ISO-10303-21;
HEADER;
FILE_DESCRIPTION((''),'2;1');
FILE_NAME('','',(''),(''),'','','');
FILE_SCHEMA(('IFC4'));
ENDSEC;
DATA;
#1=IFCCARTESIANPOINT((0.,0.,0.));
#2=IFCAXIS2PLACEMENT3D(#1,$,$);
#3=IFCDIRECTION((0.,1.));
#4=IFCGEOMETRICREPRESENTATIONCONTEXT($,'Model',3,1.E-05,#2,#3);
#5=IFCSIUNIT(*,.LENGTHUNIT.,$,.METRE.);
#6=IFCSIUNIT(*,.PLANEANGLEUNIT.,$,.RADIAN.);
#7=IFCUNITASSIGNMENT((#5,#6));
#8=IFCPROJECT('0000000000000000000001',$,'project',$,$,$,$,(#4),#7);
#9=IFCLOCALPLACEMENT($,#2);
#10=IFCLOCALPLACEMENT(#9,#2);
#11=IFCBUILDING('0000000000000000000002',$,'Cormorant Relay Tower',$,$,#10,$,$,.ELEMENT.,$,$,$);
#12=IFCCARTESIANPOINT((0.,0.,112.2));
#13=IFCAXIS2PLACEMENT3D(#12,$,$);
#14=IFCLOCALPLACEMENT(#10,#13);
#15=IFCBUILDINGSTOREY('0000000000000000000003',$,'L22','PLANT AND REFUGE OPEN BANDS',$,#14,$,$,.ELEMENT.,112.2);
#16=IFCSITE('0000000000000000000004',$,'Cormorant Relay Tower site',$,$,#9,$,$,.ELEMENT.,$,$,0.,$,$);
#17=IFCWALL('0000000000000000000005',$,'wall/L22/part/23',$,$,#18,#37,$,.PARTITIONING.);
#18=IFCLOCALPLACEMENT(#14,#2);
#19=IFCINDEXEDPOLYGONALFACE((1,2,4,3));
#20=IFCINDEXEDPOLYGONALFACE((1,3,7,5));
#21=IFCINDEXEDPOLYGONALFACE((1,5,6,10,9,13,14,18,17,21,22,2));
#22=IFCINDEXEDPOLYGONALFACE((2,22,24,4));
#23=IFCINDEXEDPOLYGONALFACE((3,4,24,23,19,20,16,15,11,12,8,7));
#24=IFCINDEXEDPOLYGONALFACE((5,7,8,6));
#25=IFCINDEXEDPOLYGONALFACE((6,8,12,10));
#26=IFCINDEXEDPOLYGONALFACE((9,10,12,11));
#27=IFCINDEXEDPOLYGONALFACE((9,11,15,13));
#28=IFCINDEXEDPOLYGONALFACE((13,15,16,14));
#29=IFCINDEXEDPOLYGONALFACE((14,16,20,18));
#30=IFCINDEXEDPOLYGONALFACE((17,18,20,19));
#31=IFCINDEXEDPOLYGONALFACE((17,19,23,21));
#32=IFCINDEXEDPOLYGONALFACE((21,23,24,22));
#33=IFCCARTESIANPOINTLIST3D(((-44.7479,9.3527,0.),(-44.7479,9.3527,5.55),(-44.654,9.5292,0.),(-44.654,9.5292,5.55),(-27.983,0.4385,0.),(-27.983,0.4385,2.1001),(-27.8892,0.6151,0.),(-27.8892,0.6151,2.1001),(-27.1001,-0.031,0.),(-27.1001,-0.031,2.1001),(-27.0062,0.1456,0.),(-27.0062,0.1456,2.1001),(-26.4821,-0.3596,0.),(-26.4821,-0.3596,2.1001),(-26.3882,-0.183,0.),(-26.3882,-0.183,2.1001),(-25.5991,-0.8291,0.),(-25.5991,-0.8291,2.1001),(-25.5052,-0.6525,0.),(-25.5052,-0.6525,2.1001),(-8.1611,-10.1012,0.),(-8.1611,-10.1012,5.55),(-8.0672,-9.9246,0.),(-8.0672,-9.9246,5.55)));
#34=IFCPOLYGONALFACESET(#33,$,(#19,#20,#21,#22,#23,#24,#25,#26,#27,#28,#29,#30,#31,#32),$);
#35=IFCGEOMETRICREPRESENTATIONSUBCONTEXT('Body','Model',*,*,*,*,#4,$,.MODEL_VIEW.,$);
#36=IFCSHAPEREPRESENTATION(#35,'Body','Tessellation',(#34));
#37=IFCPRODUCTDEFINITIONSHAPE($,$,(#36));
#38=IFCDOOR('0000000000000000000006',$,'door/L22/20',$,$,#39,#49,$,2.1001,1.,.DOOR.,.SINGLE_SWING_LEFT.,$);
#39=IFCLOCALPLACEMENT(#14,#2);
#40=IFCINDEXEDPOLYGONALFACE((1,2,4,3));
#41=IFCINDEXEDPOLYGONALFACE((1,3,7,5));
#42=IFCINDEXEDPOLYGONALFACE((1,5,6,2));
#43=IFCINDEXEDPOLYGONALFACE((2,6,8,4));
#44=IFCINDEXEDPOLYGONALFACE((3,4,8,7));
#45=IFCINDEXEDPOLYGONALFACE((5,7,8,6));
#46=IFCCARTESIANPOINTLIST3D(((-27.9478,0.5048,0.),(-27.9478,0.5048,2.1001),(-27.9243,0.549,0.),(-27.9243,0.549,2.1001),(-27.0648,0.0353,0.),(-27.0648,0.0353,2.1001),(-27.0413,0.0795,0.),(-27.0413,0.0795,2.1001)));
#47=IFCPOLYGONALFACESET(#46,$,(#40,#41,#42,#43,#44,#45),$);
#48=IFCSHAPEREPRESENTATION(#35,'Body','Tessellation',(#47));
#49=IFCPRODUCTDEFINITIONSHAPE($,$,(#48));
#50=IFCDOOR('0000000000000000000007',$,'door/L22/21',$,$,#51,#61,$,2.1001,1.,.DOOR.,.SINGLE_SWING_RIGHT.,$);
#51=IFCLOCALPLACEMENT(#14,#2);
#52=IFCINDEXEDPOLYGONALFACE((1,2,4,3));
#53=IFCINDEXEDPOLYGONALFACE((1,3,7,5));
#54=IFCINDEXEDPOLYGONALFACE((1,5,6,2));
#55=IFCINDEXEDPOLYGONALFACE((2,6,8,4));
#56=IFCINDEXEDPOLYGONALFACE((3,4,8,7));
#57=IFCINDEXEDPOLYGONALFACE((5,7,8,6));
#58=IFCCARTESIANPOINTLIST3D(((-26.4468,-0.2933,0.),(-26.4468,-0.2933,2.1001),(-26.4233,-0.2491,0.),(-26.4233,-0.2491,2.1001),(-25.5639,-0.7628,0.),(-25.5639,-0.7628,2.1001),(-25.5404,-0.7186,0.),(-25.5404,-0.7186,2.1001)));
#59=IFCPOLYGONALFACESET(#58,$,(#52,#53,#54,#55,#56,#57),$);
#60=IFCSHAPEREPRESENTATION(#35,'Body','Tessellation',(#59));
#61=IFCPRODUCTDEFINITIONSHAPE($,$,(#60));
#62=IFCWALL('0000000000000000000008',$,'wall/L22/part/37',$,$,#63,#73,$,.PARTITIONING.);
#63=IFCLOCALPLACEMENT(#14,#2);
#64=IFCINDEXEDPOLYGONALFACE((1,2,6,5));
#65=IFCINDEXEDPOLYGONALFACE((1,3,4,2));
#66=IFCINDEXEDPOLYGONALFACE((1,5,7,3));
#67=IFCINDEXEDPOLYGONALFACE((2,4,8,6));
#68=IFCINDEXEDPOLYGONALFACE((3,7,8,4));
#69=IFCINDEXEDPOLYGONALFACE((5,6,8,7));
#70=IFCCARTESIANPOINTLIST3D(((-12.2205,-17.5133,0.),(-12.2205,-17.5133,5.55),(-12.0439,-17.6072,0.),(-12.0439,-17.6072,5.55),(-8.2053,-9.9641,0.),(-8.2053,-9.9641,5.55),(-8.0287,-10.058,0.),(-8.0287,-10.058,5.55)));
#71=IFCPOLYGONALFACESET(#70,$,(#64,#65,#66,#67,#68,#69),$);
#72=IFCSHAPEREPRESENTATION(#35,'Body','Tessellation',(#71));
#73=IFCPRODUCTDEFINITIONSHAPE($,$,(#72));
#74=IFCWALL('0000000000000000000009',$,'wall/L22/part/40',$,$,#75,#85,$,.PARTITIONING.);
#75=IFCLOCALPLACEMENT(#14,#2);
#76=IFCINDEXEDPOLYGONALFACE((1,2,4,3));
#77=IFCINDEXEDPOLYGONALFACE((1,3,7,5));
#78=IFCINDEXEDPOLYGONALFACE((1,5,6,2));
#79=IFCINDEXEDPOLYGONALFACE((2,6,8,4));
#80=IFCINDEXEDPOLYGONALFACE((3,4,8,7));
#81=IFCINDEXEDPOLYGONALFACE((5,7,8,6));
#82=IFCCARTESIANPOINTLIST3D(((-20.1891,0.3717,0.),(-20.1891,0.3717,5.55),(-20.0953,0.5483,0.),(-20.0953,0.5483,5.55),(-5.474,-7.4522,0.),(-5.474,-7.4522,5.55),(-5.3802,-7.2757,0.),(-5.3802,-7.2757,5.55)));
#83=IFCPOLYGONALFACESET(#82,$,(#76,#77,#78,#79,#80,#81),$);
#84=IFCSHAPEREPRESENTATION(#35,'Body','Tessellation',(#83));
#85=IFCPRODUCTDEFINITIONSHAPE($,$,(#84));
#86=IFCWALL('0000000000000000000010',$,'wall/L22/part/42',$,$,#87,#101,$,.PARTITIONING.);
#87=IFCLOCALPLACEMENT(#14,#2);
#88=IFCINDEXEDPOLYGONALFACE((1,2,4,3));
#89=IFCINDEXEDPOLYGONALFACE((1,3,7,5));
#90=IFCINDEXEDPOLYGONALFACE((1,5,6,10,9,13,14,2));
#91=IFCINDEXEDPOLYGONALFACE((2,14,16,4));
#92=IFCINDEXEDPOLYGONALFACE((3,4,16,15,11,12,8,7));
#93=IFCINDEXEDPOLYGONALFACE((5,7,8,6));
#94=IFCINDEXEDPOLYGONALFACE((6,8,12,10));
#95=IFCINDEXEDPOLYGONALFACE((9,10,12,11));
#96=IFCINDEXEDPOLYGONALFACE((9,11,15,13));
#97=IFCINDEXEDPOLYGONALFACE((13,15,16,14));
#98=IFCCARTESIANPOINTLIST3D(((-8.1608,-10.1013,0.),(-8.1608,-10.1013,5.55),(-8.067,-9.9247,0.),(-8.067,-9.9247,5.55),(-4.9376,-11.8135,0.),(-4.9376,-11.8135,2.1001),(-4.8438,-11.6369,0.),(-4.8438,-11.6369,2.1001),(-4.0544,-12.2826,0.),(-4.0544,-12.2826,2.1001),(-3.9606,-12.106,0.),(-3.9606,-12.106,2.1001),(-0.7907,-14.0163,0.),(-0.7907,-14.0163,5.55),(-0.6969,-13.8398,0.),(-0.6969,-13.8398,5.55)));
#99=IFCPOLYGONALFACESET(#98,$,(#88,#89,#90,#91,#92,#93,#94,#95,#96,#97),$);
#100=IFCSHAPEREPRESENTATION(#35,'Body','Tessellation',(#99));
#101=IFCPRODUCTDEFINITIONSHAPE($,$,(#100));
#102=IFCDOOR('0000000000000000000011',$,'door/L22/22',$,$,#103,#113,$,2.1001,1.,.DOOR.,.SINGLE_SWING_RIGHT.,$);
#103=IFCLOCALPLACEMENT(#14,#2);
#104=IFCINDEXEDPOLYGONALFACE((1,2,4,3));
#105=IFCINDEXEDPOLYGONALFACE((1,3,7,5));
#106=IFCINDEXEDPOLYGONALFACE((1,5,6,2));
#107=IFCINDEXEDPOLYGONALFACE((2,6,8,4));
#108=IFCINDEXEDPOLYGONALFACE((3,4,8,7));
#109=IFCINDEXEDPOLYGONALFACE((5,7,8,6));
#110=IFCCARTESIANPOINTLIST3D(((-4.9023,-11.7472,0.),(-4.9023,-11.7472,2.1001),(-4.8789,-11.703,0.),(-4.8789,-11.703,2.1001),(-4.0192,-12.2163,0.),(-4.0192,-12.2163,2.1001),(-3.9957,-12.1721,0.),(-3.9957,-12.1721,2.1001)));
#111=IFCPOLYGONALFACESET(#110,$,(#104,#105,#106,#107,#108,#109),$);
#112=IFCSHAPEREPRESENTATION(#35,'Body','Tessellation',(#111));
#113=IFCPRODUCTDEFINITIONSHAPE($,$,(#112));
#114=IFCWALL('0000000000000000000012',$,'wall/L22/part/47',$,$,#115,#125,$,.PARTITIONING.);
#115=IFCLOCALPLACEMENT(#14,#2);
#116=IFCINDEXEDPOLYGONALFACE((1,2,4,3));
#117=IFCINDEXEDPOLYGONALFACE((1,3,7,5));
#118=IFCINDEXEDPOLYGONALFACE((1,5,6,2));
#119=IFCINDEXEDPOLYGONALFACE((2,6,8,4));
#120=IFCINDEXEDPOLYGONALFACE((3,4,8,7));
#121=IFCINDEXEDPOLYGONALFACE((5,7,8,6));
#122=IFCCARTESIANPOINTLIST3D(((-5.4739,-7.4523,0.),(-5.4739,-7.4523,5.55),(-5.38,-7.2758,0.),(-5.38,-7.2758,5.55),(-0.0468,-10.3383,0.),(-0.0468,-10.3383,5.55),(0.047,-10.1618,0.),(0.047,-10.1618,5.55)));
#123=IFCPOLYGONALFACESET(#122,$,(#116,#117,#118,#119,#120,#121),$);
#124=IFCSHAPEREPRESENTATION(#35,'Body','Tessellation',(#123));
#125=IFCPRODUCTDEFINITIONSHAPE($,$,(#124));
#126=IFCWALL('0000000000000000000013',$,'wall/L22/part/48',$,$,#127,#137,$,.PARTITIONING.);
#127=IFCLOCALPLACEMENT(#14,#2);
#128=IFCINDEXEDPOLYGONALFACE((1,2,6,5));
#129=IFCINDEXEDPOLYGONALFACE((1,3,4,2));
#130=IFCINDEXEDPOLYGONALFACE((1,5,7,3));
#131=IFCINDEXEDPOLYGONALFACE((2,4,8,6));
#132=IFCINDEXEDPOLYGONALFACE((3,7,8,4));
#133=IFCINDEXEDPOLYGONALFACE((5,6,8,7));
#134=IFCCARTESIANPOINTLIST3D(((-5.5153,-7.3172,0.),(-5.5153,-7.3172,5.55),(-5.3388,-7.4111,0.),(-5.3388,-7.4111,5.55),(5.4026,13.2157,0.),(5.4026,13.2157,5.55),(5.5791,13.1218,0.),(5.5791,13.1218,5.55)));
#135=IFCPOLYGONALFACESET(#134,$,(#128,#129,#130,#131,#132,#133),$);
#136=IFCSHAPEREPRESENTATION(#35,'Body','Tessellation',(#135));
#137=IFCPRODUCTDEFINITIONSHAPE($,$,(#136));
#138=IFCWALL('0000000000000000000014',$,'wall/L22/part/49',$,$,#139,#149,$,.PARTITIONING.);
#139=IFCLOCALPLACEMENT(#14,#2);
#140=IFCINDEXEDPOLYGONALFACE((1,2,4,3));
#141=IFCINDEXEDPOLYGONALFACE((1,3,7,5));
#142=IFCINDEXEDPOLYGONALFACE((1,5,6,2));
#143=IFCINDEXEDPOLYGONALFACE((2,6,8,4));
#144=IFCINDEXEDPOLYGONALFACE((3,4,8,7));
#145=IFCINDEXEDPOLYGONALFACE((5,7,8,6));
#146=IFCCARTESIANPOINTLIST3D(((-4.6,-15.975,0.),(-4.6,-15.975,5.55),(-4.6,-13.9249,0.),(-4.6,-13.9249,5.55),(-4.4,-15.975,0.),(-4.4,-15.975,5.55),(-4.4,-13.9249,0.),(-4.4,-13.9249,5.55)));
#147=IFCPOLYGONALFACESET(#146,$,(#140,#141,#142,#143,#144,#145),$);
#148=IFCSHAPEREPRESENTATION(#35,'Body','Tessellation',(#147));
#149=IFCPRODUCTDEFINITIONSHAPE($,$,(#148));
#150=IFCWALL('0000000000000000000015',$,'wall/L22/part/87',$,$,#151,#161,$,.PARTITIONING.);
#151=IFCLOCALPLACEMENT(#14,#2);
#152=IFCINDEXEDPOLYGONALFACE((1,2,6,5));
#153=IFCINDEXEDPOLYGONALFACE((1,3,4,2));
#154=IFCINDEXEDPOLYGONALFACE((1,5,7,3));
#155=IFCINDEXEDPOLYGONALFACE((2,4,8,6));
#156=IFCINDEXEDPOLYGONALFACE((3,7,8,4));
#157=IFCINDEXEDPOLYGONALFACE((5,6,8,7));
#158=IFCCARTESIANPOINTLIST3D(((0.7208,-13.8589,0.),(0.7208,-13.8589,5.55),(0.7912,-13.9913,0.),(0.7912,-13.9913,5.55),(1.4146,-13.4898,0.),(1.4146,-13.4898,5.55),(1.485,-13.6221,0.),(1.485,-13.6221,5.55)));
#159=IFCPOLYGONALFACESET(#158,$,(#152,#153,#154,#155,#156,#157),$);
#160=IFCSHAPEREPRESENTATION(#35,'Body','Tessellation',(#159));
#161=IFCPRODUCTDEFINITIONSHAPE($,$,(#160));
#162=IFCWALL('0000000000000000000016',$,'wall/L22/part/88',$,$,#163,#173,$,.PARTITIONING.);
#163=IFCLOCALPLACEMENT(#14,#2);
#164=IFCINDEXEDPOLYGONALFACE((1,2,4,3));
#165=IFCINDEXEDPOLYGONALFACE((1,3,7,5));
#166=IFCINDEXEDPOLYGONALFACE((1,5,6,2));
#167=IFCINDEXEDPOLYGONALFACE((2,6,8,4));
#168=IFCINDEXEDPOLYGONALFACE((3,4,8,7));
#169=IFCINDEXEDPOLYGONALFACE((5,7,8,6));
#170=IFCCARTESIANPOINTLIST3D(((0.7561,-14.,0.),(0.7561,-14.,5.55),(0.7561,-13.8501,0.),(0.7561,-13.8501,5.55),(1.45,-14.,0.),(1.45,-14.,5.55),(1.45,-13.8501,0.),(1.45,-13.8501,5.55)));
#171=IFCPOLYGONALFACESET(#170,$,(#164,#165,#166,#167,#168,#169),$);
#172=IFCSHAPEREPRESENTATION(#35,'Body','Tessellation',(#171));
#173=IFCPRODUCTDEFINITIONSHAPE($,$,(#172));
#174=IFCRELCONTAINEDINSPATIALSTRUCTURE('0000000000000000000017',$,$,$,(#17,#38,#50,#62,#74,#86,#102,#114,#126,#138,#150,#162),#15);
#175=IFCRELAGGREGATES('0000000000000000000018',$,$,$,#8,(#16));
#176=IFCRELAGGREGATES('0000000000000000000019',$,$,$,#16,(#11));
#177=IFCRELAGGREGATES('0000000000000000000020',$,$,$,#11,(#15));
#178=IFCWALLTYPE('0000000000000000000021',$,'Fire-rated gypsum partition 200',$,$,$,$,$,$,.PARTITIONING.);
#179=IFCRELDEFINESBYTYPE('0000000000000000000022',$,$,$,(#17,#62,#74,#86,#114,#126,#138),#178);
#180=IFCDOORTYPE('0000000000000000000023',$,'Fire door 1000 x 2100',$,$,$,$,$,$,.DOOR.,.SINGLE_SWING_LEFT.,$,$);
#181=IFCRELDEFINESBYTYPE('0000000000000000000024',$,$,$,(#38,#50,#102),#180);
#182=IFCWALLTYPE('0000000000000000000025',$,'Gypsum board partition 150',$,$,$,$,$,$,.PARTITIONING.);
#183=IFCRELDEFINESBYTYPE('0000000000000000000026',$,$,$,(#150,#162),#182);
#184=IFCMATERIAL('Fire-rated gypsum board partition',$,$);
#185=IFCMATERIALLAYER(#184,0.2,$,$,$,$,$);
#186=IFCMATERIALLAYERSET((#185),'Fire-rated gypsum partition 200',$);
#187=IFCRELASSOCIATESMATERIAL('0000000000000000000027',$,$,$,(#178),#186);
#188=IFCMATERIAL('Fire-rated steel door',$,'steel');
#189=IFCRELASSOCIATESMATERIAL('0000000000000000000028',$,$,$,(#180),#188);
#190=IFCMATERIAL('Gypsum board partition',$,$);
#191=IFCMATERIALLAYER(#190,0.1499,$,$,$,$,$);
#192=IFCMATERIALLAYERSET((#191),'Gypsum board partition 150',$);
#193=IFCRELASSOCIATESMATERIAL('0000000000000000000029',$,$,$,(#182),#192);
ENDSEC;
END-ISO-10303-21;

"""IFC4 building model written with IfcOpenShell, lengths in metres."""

from ifc_helpers import new_model, si_unit, direction, frame, frame_2d, origin, place, context, subcontext, project, spatial, rectangle, extrude, material, layer, layer_set, type_object, element, fill, save


model = new_model("IFC4")

# Units and contexts
model_context = context("Model", 3, precision=1e-05, world=origin(), true_north=direction((0.0, 1.0)))
body_context = subcontext(model_context, "Body", "Model", "MODEL_VIEW")
ifc_project = project(units=[si_unit("LENGTHUNIT", "METRE"), si_unit("PLANEANGLEUNIT", "RADIAN")], contexts=[model_context])

# Site, building, storey
site_placement = place(None, origin())
site = spatial("IfcSite", under=ifc_project, at=site_placement, Name="Cormorant Relay Tower site", CompositionType="ELEMENT", RefElevation=0.0)
building_placement = place(site_placement, origin())
building = spatial("IfcBuilding", under=site, at=building_placement, Name="Cormorant Relay Tower", CompositionType="ELEMENT")
storey_placement = place(building_placement, frame((0.0, 0.0, 112.2)))
storey = spatial("IfcBuildingStorey", under=building, at=storey_placement, Name="L22", Description="PLANT AND REFUGE OPEN BANDS", CompositionType="ELEMENT", Elevation=112.2)

# Wall, openings, doors
ifc_material_1 = material(Name="Fire-rated gypsum board partition")
ifc_layer_1 = layer(ifc_material_1, 0.2)
ifc_layer_set_1 = layer_set([ifc_layer_1], Name="Fire-rated gypsum partition 200")
wall_type_1 = type_object("IfcWallType", Name="Fire-rated gypsum partition 200", PredefinedType="PARTITIONING", material=ifc_layer_set_1)
wall_1_placement = place(storey_placement, frame((-8.114, -10.0129, 0.0), z_axis=(0.0, 0.0, 1.0), x_axis=(-0.882945, 0.469476, 0.0)))
wall_1 = element("IfcWall", 1, at=wall_1_placement, inside=storey, type_object=wall_type_1, Name="wall/L22/part/23", PredefinedType="PARTITIONING", context=body_context, shape_type="SweptSolid", body=[
    extrude(rectangle(XDim=41.4373, YDim=0.2, at=frame_2d((20.7188, 0.0))), origin(), (0.0, 0.0, 1.0), 5.55),
])
opening_1_placement = place(wall_1_placement, frame((21.45, 0.0, 0.0)))
opening_1 = element("IfcOpeningElement", 2, at=opening_1_placement, cuts=wall_1, PredefinedType="OPENING", context=body_context, shape_type="SweptSolid", body=[
    extrude(rectangle(XDim=1.0, YDim=2.1001, at=frame_2d((0.5, 1.05))), frame((0.0, 0.1099, 0.0), z_axis=(0.0, -1.0, 0.0), x_axis=(1.0, 0.0, 0.0)), (0.0, 0.0, 1.0), 0.22),
])
opening_2_placement = place(wall_1_placement, frame((19.75, 0.0, 0.0)))
opening_2 = element("IfcOpeningElement", 3, at=opening_2_placement, cuts=wall_1, PredefinedType="OPENING", context=body_context, shape_type="SweptSolid", body=[
    extrude(rectangle(XDim=1.0, YDim=2.1001, at=frame_2d((0.5, 1.05))), frame((0.0, 0.1099, 0.0), z_axis=(0.0, -1.0, 0.0), x_axis=(1.0, 0.0, 0.0)), (0.0, 0.0, 1.0), 0.22),
])
ifc_material_2 = material(Name="Fire-rated steel door", Category="steel")
door_type = type_object("IfcDoorType", Name="Fire door 1000 x 2100", OperationType="SINGLE_SWING_LEFT", PredefinedType="DOOR", material=ifc_material_2)
door_1_placement = place(opening_1_placement, origin())
door_1 = element("IfcDoor", 4, at=door_1_placement, inside=storey, type_object=door_type, Name="door/L22/20", OperationType="SINGLE_SWING_LEFT", OverallHeight=2.1001, OverallWidth=1.0, PredefinedType="DOOR", context=body_context, shape_type="SweptSolid", body=[
    extrude(rectangle(XDim=1.0, YDim=2.1001, at=frame_2d((0.5, 1.05))), frame((0.0, 0.0249, 0.0), z_axis=(0.0, -1.0, 0.0), x_axis=(1.0, 0.0, 0.0)), (0.0, 0.0, 1.0), 0.05),
])
fill(opening_1, door_1)
door_2_placement = place(opening_2_placement, origin())
door_2 = element("IfcDoor", 5, at=door_2_placement, inside=storey, type_object=door_type, Name="door/L22/21", OperationType="SINGLE_SWING_RIGHT", OverallHeight=2.1001, OverallWidth=1.0, PredefinedType="DOOR", context=body_context, shape_type="SweptSolid", body=[
    extrude(rectangle(XDim=1.0, YDim=2.1001, at=frame_2d((0.5, 1.05))), frame((0.0, 0.0249, 0.0), z_axis=(0.0, -1.0, 0.0), x_axis=(1.0, 0.0, 0.0)), (0.0, 0.0, 1.0), 0.05),
])
fill(opening_2, door_2)

# Walls
wall_2_placement = place(storey_placement, frame((-8.1169, -10.011, 0.0), z_axis=(0.0, 0.0, 1.0), x_axis=(-0.469583, -0.882888, 0.0)))
element("IfcWall", 6, at=wall_2_placement, inside=storey, type_object=wall_type_1, Name="wall/L22/part/37", PredefinedType="PARTITIONING", context=body_context, shape_type="SweptSolid", body=[
    extrude(rectangle(XDim=8.5505, YDim=0.2, at=frame_2d((4.2754, 0.0))), origin(), (0.0, 0.0, 1.0), 5.55),
])
wall_3_placement = place(storey_placement, frame((-5.427, -7.364, 0.0), z_axis=(0.0, 0.0, 1.0), x_axis=(-0.882952, 0.469463, 0.0)))
element("IfcWall", 7, at=wall_3_placement, inside=storey, type_object=wall_type_1, Name="wall/L22/part/40", PredefinedType="PARTITIONING", context=body_context, shape_type="SweptSolid", body=[
    extrude(rectangle(XDim=16.6658, YDim=0.2, at=frame_2d((8.333, 0.0))), origin(), (0.0, 0.0, 1.0), 5.55),
])

# Wall, opening, door
wall_4_placement = place(storey_placement, frame((-8.114, -10.0129, 0.0), z_axis=(0.0, 0.0, 1.0), x_axis=(0.883132, -0.469124, 0.0)))
wall_4 = element("IfcWall", 8, at=wall_4_placement, inside=storey, type_object=wall_type_1, Name="wall/L22/part/42", PredefinedType="PARTITIONING", context=body_context, shape_type="SweptSolid", body=[
    extrude(rectangle(XDim=8.3455, YDim=0.2, at=frame_2d((4.1729, 0.0))), origin(), (0.0, 0.0, 1.0), 5.55),
])
opening_3_placement = place(wall_4_placement, frame((3.6499, 0.0, 0.0)))
opening_3 = element("IfcOpeningElement", 9, at=opening_3_placement, cuts=wall_4, PredefinedType="OPENING", context=body_context, shape_type="SweptSolid", body=[
    extrude(rectangle(XDim=1.0, YDim=2.1001, at=frame_2d((0.5, 1.05))), frame((0.0, 0.1099, 0.0), z_axis=(0.0, -1.0, 0.0), x_axis=(1.0, 0.0, 0.0)), (0.0, 0.0, 1.0), 0.22),
])
door_3_placement = place(opening_3_placement, frame((1.0, 0.0, 0.0), z_axis=(0.0, 0.0, 1.0), x_axis=(-1.0, 0.0, 0.0)))
door_3 = element("IfcDoor", 10, at=door_3_placement, inside=storey, type_object=door_type, Name="door/L22/22", OperationType="SINGLE_SWING_RIGHT", OverallHeight=2.1001, OverallWidth=1.0, PredefinedType="DOOR", context=body_context, shape_type="SweptSolid", body=[
    extrude(rectangle(XDim=1.0, YDim=2.1001, at=frame_2d((0.5, 1.05))), frame((0.0, 0.0249, 0.0), z_axis=(0.0, -1.0, 0.0), x_axis=(1.0, 0.0, 0.0)), (0.0, 0.0, 1.0), 0.05),
])
fill(opening_3, door_3)

# Walls
wall_5_placement = place(storey_placement, frame((0.0, -10.25, 0.0), z_axis=(0.0, 0.0, 1.0), x_axis=(-0.882921, 0.469522, 0.0)))
element("IfcWall", 11, at=wall_5_placement, inside=storey, type_object=wall_type_1, Name="wall/L22/part/47", PredefinedType="PARTITIONING", context=body_context, shape_type="SweptSolid", body=[
    extrude(rectangle(XDim=6.1467, YDim=0.2, at=frame_2d((3.0732, 0.0))), origin(), (0.0, 0.0, 1.0), 5.55),
])
wall_6_placement = place(storey_placement, frame((-5.427, -7.364, 0.0), z_axis=(0.0, 0.0, 1.0), x_axis=(0.469485, 0.88294, 0.0)))
element("IfcWall", 12, at=wall_6_placement, inside=storey, type_object=wall_type_1, Name="wall/L22/part/48", PredefinedType="PARTITIONING", context=body_context, shape_type="SweptSolid", body=[
    extrude(rectangle(XDim=23.2551, YDim=0.2, at=frame_2d((11.6274, 0.0))), origin(), (0.0, 0.0, 1.0), 5.55),
])
wall_7_placement = place(storey_placement, frame((-4.5, -13.925, 0.0), z_axis=(0.0, 0.0, 1.0), x_axis=(0.0, -1.0, 0.0)))
element("IfcWall", 13, at=wall_7_placement, inside=storey, type_object=wall_type_1, Name="wall/L22/part/49", PredefinedType="PARTITIONING", context=body_context, shape_type="SweptSolid", body=[
    extrude(rectangle(XDim=2.05, YDim=0.2, at=frame_2d((1.0249, 0.0))), origin(), (0.0, 0.0, 1.0), 5.55),
])
ifc_material_3 = material(Name="Gypsum board partition")
ifc_layer_2 = layer(ifc_material_3, 0.1499)
ifc_layer_set_2 = layer_set([ifc_layer_2], Name="Gypsum board partition 150")
wall_type_2 = type_object("IfcWallType", Name="Gypsum board partition 150", PredefinedType="PARTITIONING", material=ifc_layer_set_2)
wall_8_placement = place(storey_placement, frame((1.45, -13.5559, 0.0), z_axis=(0.0, 0.0, 1.0), x_axis=(-0.882834, -0.469685, 0.0)))
element("IfcWall", 14, at=wall_8_placement, inside=storey, type_object=wall_type_2, Name="wall/L22/part/87", PredefinedType="PARTITIONING", context=body_context, shape_type="SweptSolid", body=[
    extrude(rectangle(XDim=0.7859, YDim=0.1499, at=frame_2d((0.3931, 0.0))), origin(), (0.0, 0.0, 1.0), 5.55),
])
wall_9_placement = place(storey_placement, frame((0.7561, -13.925, 0.0), z_axis=(0.0, 0.0, 1.0), x_axis=(1.0, 0.0, 0.0)))
element("IfcWall", 15, at=wall_9_placement, inside=storey, type_object=wall_type_2, Name="wall/L22/part/88", PredefinedType="PARTITIONING", context=body_context, shape_type="SweptSolid", body=[
    extrude(rectangle(XDim=0.6938, YDim=0.1499, at=frame_2d((0.3469, 0.0))), origin(), (0.0, 0.0, 1.0), 5.55),
])

save(model, "model.ifc")
